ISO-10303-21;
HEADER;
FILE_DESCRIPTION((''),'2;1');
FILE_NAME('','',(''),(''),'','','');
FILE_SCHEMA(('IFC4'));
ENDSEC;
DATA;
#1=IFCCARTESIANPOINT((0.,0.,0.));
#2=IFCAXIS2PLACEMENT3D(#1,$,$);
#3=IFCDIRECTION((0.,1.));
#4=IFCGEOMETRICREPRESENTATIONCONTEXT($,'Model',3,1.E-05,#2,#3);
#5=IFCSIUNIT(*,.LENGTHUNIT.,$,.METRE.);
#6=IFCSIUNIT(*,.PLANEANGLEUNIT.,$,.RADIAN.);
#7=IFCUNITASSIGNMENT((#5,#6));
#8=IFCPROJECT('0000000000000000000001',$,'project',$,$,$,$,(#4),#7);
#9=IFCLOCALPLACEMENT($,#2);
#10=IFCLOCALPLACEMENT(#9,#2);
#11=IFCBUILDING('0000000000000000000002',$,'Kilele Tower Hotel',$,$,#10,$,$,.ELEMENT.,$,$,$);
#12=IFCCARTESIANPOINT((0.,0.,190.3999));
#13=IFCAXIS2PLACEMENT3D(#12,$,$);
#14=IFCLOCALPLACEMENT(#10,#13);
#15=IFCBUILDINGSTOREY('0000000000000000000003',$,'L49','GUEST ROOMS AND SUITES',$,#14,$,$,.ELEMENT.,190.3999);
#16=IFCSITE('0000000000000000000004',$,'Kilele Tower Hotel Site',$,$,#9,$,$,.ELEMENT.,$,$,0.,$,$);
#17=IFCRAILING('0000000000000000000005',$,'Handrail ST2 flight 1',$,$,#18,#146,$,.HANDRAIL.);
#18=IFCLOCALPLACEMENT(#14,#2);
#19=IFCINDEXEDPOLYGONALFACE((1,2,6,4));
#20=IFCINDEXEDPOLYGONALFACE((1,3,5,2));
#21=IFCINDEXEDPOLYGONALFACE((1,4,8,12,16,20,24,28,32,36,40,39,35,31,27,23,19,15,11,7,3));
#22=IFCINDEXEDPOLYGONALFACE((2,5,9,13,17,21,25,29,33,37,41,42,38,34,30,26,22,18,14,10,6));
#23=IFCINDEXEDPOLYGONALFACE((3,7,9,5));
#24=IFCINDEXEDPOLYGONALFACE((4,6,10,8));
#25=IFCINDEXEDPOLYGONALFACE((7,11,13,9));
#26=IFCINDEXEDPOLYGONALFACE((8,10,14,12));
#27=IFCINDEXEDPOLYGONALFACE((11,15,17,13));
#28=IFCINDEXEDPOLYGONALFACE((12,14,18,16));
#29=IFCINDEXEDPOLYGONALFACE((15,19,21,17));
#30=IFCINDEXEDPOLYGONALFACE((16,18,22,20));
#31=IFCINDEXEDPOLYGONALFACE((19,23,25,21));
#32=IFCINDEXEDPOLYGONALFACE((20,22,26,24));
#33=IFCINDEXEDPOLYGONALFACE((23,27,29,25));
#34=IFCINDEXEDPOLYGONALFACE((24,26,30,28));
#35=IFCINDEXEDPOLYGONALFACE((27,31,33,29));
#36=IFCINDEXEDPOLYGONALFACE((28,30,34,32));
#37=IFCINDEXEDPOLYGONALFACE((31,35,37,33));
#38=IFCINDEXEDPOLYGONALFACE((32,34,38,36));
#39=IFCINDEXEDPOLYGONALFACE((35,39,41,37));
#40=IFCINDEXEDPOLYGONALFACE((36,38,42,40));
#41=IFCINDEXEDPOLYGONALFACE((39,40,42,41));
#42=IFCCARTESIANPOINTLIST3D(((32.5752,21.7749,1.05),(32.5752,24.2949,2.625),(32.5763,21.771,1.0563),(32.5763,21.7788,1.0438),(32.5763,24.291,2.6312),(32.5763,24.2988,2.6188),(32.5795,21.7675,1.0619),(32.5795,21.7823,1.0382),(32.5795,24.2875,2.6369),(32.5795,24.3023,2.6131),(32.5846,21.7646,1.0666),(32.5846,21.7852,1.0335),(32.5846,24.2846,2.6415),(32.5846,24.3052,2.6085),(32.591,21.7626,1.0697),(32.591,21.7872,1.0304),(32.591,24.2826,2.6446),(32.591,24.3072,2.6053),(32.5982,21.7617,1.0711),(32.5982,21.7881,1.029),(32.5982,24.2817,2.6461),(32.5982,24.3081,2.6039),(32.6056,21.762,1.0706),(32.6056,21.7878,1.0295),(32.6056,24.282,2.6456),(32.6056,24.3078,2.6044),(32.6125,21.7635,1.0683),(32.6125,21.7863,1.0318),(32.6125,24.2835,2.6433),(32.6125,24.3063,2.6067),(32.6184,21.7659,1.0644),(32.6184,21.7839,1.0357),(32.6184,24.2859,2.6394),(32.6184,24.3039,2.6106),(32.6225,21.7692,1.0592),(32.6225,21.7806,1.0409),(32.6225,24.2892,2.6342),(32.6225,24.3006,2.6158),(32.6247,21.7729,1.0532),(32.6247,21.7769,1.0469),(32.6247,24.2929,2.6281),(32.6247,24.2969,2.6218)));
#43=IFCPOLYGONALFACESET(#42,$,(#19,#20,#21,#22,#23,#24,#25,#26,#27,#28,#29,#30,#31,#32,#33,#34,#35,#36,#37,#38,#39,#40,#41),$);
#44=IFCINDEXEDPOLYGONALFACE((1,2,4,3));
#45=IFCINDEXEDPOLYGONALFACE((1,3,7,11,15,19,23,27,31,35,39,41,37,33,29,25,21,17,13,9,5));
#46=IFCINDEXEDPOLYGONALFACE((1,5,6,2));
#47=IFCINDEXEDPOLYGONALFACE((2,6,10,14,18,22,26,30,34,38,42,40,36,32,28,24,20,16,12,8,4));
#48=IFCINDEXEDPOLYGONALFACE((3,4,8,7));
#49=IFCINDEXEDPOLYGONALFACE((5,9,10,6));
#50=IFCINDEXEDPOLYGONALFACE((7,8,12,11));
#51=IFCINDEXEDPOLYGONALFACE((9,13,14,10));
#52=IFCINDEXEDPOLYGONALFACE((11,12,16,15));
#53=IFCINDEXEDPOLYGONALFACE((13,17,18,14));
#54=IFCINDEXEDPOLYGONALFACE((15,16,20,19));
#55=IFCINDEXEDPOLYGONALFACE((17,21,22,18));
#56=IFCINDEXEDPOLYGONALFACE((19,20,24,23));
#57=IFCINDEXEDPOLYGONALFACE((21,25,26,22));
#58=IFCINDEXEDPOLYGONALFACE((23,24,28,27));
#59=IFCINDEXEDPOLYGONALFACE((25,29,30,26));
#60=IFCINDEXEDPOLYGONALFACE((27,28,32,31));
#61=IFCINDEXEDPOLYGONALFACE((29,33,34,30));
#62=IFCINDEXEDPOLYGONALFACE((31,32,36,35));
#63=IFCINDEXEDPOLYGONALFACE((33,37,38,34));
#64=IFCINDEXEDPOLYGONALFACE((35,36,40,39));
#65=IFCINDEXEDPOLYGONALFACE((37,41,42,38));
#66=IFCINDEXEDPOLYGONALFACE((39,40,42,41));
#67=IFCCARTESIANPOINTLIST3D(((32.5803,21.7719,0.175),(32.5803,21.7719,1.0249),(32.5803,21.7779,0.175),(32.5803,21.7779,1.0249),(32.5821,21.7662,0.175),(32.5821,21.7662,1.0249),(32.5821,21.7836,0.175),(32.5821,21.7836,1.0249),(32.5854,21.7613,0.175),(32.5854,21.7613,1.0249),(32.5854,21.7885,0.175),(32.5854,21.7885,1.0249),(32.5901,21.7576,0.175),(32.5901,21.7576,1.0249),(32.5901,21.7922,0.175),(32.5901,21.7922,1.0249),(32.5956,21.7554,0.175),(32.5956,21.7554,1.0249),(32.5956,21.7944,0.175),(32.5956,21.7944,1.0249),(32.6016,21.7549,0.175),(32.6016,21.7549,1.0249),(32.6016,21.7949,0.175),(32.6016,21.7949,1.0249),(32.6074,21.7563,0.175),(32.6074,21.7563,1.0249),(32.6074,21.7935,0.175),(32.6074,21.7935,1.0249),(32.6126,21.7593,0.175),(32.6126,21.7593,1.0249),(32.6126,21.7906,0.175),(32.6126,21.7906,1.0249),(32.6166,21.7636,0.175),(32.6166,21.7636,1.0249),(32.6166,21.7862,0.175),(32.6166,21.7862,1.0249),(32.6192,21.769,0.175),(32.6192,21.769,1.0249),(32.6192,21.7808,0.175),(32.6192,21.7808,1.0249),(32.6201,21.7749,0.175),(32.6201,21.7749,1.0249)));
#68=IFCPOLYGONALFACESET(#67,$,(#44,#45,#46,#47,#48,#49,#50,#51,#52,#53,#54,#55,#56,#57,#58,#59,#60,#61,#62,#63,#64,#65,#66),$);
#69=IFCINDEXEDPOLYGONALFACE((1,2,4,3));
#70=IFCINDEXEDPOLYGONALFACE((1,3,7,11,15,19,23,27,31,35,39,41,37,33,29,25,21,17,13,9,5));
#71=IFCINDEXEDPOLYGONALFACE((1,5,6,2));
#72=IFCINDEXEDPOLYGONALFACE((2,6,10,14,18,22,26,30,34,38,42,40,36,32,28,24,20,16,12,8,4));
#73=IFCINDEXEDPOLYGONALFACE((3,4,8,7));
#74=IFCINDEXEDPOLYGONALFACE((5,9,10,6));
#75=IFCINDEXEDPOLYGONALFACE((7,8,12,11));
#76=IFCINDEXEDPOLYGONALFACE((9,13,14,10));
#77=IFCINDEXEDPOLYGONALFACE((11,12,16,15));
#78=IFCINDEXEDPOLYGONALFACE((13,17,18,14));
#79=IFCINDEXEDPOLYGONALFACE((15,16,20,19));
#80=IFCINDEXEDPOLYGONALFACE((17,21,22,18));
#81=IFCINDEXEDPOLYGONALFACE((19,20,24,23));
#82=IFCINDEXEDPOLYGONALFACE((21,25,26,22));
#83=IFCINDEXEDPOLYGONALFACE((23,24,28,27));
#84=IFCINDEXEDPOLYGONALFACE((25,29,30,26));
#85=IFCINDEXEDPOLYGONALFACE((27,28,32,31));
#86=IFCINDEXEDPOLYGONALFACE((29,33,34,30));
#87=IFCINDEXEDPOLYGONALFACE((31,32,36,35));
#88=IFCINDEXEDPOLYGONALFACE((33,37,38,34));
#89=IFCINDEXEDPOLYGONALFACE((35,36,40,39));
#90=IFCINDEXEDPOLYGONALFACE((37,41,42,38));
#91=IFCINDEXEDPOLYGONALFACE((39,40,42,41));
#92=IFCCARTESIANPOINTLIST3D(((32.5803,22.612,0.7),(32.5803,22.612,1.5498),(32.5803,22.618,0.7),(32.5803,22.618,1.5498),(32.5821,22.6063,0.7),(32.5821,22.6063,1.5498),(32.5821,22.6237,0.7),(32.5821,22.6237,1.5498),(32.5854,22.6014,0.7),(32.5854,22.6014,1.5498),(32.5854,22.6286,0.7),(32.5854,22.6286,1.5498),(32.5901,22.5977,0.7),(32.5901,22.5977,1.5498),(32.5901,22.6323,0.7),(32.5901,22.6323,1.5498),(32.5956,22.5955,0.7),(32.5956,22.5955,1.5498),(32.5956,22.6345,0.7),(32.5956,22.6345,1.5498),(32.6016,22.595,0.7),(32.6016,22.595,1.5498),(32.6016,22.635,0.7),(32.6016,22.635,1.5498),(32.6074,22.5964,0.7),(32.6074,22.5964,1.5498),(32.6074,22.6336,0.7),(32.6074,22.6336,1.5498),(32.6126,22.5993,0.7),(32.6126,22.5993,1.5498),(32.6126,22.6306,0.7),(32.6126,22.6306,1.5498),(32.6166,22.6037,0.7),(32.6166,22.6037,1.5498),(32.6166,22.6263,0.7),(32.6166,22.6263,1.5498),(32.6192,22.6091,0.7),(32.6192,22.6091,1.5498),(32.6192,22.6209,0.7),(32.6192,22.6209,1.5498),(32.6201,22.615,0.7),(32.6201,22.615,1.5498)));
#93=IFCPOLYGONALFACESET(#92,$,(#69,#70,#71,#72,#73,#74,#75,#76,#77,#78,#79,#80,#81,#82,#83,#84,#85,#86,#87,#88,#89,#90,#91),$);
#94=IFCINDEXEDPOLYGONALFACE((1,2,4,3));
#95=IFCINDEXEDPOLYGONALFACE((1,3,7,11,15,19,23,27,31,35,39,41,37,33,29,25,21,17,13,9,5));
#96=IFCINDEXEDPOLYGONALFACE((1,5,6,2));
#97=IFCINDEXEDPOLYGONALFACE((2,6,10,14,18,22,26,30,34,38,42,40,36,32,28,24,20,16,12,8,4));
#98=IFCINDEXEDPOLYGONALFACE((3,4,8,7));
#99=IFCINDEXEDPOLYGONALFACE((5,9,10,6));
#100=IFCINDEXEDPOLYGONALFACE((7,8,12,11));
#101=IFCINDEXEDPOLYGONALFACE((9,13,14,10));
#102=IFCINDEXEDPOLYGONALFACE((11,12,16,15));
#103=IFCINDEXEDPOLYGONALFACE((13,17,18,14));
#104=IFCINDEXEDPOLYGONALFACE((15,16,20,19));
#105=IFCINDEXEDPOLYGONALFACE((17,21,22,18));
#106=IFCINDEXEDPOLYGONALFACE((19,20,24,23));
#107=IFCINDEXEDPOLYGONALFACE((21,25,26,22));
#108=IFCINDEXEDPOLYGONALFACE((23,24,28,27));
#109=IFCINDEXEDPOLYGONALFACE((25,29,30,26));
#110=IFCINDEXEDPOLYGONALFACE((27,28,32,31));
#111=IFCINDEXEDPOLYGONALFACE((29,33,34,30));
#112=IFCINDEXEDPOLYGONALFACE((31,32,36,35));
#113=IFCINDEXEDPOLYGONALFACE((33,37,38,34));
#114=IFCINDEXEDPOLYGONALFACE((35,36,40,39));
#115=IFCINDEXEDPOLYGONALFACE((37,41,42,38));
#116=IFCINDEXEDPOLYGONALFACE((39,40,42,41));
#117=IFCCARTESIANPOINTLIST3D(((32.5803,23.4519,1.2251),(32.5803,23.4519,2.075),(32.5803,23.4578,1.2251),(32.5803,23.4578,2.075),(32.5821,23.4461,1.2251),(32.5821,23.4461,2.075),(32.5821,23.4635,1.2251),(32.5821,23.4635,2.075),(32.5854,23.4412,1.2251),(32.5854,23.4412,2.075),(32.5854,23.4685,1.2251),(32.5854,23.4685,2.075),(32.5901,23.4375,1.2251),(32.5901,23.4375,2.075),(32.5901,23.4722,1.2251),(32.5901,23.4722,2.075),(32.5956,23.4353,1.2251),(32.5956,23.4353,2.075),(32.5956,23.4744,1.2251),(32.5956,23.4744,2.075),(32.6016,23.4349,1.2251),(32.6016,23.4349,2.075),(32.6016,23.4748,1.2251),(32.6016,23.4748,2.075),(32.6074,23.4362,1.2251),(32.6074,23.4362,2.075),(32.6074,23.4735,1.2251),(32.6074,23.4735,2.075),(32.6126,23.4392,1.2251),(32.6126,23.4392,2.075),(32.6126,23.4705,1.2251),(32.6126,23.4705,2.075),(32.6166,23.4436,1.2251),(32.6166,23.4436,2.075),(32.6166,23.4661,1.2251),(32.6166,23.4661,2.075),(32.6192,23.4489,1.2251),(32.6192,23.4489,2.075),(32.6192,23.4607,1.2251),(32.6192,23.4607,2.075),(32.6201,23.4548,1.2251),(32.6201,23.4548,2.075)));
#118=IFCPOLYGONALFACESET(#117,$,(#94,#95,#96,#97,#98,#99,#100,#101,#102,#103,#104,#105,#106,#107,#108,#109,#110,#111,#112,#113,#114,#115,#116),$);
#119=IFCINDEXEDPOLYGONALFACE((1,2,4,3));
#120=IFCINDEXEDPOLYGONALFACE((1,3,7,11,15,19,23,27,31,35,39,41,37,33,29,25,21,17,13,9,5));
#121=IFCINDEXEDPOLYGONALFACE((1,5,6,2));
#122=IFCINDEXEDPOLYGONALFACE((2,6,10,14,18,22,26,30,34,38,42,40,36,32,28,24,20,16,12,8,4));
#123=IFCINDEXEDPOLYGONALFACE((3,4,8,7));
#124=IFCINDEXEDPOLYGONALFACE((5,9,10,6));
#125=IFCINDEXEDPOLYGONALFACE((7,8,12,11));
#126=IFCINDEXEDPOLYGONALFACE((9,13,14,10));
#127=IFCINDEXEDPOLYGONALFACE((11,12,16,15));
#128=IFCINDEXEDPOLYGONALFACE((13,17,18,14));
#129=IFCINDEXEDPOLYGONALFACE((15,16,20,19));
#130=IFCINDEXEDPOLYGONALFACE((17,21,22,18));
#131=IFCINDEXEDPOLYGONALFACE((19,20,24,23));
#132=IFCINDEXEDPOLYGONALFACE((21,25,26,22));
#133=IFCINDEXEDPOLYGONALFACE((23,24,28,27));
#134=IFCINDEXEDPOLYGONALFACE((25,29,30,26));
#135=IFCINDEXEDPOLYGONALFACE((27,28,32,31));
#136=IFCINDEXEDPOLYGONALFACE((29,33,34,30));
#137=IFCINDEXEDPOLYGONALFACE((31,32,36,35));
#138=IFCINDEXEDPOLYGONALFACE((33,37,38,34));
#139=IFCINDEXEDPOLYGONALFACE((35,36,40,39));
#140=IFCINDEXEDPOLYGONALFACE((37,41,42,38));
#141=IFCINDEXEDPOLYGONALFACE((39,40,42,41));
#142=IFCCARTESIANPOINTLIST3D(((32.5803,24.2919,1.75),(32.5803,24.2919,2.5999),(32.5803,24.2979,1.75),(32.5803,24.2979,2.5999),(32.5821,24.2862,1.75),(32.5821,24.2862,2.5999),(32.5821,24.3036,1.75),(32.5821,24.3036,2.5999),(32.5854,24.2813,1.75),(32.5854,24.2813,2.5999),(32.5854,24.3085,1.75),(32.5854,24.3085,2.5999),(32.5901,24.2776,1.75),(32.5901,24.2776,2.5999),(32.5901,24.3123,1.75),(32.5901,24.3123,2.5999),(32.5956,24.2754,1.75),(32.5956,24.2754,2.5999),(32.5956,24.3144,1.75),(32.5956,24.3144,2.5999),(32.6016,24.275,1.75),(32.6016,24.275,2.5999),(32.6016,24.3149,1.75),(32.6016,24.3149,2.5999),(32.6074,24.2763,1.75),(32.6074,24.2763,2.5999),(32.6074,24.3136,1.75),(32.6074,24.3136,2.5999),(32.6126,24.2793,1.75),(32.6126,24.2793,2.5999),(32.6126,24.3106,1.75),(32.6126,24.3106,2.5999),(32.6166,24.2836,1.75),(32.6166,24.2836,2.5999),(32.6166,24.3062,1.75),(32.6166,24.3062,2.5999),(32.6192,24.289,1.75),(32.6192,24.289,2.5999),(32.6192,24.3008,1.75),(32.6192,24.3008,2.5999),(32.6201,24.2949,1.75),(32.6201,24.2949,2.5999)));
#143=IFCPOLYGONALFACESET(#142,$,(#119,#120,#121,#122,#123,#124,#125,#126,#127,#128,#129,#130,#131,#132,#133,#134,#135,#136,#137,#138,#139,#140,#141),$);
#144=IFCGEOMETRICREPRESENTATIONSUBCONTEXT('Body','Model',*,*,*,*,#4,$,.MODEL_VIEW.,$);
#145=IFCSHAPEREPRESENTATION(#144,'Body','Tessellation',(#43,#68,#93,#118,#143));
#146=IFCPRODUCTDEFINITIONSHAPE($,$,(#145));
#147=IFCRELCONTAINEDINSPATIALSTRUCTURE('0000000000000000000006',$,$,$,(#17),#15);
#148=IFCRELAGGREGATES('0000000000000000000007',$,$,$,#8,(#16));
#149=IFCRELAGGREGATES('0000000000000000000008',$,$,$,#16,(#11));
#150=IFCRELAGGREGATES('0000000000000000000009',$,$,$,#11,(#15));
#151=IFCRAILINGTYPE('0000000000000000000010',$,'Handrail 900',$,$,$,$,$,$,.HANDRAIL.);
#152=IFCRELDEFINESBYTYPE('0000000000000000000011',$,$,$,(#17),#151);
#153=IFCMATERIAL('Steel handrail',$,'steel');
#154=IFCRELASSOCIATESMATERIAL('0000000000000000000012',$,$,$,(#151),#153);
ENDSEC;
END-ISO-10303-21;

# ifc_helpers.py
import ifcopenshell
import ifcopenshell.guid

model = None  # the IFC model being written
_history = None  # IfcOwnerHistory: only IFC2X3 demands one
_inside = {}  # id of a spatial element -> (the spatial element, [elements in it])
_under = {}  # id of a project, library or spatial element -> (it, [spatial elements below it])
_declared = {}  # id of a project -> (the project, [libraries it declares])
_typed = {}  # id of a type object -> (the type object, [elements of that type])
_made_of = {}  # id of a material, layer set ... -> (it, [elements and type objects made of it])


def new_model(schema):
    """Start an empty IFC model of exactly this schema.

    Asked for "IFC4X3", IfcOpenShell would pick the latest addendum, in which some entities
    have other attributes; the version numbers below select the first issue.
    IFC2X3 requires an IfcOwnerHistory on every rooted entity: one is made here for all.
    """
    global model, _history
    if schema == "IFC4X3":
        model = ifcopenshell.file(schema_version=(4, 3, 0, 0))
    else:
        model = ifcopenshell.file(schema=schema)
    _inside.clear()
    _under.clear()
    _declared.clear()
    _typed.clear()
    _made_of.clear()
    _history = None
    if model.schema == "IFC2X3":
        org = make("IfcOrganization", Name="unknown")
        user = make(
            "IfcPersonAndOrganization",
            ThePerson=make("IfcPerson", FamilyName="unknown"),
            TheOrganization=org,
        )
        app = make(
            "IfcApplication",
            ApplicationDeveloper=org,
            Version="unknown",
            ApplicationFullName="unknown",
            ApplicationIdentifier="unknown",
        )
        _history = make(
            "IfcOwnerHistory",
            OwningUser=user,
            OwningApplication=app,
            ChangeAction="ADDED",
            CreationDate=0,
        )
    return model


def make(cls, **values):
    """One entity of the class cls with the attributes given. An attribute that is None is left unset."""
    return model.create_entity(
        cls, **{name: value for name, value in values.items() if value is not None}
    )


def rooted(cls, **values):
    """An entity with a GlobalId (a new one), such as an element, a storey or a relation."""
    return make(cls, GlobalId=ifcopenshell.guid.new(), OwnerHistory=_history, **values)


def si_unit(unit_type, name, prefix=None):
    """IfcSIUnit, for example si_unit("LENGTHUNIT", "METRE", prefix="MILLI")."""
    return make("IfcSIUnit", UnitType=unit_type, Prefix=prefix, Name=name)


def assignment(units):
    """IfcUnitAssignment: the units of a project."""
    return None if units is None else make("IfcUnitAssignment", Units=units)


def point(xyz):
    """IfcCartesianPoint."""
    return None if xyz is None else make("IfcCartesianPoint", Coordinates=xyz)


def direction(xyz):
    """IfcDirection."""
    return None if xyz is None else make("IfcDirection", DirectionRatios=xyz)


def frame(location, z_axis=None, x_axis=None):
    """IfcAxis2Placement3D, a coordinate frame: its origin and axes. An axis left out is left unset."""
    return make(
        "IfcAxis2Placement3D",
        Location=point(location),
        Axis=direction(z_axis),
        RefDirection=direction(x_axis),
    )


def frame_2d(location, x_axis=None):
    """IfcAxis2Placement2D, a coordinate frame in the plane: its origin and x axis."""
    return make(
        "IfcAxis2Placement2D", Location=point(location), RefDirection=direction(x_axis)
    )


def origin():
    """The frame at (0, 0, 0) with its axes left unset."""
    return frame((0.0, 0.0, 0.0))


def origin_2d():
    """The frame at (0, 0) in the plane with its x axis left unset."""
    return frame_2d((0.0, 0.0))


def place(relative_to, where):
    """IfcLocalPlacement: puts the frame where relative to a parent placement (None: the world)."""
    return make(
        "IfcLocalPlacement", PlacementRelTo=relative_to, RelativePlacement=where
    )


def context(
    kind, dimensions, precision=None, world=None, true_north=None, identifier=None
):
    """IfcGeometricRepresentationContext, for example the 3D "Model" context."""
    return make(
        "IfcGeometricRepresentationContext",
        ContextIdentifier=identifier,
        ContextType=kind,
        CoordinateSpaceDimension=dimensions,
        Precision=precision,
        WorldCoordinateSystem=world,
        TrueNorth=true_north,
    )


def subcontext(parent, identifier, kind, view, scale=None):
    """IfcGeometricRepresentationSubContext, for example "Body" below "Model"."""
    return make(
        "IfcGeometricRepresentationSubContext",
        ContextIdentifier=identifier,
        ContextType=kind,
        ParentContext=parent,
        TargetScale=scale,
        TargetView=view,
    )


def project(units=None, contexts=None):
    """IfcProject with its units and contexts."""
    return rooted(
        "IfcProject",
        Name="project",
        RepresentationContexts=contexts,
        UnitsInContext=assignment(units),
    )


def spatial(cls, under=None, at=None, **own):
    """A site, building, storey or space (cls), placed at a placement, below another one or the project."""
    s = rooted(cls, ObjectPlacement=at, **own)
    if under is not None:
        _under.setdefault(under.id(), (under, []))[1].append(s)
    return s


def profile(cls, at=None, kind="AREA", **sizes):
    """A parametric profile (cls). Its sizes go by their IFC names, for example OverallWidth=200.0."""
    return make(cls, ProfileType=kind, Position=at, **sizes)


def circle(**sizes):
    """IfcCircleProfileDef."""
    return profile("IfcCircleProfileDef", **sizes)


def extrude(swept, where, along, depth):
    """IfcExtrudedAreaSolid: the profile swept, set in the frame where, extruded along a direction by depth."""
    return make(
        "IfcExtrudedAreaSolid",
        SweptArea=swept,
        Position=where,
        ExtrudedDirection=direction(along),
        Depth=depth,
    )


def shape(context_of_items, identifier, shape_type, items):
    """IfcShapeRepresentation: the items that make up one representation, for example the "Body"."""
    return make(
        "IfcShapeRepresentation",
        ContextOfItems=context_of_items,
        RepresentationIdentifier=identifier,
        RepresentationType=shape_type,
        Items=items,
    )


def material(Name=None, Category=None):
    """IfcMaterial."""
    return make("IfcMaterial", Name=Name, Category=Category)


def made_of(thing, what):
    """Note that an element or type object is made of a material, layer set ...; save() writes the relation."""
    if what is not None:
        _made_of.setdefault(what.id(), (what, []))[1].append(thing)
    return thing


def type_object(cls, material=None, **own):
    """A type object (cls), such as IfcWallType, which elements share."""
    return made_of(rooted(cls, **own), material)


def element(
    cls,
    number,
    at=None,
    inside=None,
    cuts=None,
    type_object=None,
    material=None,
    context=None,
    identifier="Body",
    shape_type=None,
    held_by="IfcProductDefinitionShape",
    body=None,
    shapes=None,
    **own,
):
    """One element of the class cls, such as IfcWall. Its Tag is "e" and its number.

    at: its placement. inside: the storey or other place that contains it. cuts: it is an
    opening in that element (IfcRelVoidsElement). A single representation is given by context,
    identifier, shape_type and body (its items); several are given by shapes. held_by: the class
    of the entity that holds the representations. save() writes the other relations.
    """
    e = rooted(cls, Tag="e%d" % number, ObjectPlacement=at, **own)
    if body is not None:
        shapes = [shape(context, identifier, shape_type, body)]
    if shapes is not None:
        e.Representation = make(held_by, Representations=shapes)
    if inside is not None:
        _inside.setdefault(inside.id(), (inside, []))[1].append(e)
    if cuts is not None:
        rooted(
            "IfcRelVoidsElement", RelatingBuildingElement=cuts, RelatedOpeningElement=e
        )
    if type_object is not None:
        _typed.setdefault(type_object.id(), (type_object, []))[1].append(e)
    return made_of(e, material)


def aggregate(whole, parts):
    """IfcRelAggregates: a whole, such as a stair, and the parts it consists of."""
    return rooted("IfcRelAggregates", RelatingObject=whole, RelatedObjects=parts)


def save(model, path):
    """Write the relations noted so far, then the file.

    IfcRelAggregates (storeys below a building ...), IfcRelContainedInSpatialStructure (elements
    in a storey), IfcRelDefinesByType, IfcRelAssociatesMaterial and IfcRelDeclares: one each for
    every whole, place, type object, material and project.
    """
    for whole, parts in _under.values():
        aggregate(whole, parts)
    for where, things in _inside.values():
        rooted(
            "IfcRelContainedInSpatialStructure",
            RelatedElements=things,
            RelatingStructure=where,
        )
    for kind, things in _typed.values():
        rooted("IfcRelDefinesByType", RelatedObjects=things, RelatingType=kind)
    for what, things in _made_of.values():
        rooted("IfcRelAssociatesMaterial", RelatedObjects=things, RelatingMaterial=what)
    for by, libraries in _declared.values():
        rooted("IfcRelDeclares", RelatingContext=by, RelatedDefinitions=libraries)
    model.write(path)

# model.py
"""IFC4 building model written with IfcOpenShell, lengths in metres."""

from ifc_helpers import new_model, si_unit, direction, frame, origin, origin_2d, place, context, subcontext, project, spatial, circle, extrude, material, type_object, element, save


model = new_model("IFC4")

# Units and contexts
model_context = context("Model", 3, precision=1e-05, world=origin(), true_north=direction((0.0, 1.0)))
body_context = subcontext(model_context, "Body", "Model", "MODEL_VIEW")
ifc_project = project(units=[si_unit("LENGTHUNIT", "METRE"), si_unit("PLANEANGLEUNIT", "RADIAN")], contexts=[model_context])

# Site, building, storey
site_placement = place(None, origin())
site = spatial("IfcSite", under=ifc_project, at=site_placement, Name="Kilele Tower Hotel Site", CompositionType="ELEMENT", RefElevation=0.0)
building_placement = place(site_placement, origin())
building = spatial("IfcBuilding", under=site, at=building_placement, Name="Kilele Tower Hotel", CompositionType="ELEMENT")
storey_placement = place(building_placement, frame((0.0, 0.0, 190.3999)))
storey = spatial("IfcBuildingStorey", under=building, at=storey_placement, Name="L49", Description="GUEST ROOMS AND SUITES", CompositionType="ELEMENT", Elevation=190.3999)

# Railing
ifc_material_1 = material(Name="Steel handrail", Category="steel")
railing_type_1 = type_object("IfcRailingType", Name="Handrail 900", PredefinedType="HANDRAIL", material=ifc_material_1)
for number, where, name in (
    (1, (32.6001, 21.7749, 0.175), "Handrail ST2 flight 1"),
):
    element("IfcRailing", number, at=place(storey_placement, frame(where)), inside=storey, type_object=railing_type_1, Name=name, PredefinedType="HANDRAIL", context=body_context, shape_type="SweptSolid", body=[
        extrude(circle(Radius=0.0249, at=origin_2d()), frame((0.0, 0.0, 0.875), z_axis=(0.0, 0.848008, 0.529984), x_axis=(-1.0, 0.0, 0.0)), (0.0, 0.0, 1.0), 2.9717),
        extrude(circle(Radius=0.02, at=origin_2d()), origin(), (0.0, 0.0, 1.0), 0.8499),
        extrude(circle(Radius=0.02, at=origin_2d()), frame((0.0, 0.8401, 0.5249)), (0.0, 0.0, 1.0), 0.8499),
        extrude(circle(Radius=0.02, at=origin_2d()), frame((0.0, 1.6799, 1.05)), (0.0, 0.0, 1.0), 0.8499),
        extrude(circle(Radius=0.02, at=origin_2d()), frame((0.0, 2.52, 1.575)), (0.0, 0.0, 1.0), 0.8499),
    ])

save(model, "model.ifc")
